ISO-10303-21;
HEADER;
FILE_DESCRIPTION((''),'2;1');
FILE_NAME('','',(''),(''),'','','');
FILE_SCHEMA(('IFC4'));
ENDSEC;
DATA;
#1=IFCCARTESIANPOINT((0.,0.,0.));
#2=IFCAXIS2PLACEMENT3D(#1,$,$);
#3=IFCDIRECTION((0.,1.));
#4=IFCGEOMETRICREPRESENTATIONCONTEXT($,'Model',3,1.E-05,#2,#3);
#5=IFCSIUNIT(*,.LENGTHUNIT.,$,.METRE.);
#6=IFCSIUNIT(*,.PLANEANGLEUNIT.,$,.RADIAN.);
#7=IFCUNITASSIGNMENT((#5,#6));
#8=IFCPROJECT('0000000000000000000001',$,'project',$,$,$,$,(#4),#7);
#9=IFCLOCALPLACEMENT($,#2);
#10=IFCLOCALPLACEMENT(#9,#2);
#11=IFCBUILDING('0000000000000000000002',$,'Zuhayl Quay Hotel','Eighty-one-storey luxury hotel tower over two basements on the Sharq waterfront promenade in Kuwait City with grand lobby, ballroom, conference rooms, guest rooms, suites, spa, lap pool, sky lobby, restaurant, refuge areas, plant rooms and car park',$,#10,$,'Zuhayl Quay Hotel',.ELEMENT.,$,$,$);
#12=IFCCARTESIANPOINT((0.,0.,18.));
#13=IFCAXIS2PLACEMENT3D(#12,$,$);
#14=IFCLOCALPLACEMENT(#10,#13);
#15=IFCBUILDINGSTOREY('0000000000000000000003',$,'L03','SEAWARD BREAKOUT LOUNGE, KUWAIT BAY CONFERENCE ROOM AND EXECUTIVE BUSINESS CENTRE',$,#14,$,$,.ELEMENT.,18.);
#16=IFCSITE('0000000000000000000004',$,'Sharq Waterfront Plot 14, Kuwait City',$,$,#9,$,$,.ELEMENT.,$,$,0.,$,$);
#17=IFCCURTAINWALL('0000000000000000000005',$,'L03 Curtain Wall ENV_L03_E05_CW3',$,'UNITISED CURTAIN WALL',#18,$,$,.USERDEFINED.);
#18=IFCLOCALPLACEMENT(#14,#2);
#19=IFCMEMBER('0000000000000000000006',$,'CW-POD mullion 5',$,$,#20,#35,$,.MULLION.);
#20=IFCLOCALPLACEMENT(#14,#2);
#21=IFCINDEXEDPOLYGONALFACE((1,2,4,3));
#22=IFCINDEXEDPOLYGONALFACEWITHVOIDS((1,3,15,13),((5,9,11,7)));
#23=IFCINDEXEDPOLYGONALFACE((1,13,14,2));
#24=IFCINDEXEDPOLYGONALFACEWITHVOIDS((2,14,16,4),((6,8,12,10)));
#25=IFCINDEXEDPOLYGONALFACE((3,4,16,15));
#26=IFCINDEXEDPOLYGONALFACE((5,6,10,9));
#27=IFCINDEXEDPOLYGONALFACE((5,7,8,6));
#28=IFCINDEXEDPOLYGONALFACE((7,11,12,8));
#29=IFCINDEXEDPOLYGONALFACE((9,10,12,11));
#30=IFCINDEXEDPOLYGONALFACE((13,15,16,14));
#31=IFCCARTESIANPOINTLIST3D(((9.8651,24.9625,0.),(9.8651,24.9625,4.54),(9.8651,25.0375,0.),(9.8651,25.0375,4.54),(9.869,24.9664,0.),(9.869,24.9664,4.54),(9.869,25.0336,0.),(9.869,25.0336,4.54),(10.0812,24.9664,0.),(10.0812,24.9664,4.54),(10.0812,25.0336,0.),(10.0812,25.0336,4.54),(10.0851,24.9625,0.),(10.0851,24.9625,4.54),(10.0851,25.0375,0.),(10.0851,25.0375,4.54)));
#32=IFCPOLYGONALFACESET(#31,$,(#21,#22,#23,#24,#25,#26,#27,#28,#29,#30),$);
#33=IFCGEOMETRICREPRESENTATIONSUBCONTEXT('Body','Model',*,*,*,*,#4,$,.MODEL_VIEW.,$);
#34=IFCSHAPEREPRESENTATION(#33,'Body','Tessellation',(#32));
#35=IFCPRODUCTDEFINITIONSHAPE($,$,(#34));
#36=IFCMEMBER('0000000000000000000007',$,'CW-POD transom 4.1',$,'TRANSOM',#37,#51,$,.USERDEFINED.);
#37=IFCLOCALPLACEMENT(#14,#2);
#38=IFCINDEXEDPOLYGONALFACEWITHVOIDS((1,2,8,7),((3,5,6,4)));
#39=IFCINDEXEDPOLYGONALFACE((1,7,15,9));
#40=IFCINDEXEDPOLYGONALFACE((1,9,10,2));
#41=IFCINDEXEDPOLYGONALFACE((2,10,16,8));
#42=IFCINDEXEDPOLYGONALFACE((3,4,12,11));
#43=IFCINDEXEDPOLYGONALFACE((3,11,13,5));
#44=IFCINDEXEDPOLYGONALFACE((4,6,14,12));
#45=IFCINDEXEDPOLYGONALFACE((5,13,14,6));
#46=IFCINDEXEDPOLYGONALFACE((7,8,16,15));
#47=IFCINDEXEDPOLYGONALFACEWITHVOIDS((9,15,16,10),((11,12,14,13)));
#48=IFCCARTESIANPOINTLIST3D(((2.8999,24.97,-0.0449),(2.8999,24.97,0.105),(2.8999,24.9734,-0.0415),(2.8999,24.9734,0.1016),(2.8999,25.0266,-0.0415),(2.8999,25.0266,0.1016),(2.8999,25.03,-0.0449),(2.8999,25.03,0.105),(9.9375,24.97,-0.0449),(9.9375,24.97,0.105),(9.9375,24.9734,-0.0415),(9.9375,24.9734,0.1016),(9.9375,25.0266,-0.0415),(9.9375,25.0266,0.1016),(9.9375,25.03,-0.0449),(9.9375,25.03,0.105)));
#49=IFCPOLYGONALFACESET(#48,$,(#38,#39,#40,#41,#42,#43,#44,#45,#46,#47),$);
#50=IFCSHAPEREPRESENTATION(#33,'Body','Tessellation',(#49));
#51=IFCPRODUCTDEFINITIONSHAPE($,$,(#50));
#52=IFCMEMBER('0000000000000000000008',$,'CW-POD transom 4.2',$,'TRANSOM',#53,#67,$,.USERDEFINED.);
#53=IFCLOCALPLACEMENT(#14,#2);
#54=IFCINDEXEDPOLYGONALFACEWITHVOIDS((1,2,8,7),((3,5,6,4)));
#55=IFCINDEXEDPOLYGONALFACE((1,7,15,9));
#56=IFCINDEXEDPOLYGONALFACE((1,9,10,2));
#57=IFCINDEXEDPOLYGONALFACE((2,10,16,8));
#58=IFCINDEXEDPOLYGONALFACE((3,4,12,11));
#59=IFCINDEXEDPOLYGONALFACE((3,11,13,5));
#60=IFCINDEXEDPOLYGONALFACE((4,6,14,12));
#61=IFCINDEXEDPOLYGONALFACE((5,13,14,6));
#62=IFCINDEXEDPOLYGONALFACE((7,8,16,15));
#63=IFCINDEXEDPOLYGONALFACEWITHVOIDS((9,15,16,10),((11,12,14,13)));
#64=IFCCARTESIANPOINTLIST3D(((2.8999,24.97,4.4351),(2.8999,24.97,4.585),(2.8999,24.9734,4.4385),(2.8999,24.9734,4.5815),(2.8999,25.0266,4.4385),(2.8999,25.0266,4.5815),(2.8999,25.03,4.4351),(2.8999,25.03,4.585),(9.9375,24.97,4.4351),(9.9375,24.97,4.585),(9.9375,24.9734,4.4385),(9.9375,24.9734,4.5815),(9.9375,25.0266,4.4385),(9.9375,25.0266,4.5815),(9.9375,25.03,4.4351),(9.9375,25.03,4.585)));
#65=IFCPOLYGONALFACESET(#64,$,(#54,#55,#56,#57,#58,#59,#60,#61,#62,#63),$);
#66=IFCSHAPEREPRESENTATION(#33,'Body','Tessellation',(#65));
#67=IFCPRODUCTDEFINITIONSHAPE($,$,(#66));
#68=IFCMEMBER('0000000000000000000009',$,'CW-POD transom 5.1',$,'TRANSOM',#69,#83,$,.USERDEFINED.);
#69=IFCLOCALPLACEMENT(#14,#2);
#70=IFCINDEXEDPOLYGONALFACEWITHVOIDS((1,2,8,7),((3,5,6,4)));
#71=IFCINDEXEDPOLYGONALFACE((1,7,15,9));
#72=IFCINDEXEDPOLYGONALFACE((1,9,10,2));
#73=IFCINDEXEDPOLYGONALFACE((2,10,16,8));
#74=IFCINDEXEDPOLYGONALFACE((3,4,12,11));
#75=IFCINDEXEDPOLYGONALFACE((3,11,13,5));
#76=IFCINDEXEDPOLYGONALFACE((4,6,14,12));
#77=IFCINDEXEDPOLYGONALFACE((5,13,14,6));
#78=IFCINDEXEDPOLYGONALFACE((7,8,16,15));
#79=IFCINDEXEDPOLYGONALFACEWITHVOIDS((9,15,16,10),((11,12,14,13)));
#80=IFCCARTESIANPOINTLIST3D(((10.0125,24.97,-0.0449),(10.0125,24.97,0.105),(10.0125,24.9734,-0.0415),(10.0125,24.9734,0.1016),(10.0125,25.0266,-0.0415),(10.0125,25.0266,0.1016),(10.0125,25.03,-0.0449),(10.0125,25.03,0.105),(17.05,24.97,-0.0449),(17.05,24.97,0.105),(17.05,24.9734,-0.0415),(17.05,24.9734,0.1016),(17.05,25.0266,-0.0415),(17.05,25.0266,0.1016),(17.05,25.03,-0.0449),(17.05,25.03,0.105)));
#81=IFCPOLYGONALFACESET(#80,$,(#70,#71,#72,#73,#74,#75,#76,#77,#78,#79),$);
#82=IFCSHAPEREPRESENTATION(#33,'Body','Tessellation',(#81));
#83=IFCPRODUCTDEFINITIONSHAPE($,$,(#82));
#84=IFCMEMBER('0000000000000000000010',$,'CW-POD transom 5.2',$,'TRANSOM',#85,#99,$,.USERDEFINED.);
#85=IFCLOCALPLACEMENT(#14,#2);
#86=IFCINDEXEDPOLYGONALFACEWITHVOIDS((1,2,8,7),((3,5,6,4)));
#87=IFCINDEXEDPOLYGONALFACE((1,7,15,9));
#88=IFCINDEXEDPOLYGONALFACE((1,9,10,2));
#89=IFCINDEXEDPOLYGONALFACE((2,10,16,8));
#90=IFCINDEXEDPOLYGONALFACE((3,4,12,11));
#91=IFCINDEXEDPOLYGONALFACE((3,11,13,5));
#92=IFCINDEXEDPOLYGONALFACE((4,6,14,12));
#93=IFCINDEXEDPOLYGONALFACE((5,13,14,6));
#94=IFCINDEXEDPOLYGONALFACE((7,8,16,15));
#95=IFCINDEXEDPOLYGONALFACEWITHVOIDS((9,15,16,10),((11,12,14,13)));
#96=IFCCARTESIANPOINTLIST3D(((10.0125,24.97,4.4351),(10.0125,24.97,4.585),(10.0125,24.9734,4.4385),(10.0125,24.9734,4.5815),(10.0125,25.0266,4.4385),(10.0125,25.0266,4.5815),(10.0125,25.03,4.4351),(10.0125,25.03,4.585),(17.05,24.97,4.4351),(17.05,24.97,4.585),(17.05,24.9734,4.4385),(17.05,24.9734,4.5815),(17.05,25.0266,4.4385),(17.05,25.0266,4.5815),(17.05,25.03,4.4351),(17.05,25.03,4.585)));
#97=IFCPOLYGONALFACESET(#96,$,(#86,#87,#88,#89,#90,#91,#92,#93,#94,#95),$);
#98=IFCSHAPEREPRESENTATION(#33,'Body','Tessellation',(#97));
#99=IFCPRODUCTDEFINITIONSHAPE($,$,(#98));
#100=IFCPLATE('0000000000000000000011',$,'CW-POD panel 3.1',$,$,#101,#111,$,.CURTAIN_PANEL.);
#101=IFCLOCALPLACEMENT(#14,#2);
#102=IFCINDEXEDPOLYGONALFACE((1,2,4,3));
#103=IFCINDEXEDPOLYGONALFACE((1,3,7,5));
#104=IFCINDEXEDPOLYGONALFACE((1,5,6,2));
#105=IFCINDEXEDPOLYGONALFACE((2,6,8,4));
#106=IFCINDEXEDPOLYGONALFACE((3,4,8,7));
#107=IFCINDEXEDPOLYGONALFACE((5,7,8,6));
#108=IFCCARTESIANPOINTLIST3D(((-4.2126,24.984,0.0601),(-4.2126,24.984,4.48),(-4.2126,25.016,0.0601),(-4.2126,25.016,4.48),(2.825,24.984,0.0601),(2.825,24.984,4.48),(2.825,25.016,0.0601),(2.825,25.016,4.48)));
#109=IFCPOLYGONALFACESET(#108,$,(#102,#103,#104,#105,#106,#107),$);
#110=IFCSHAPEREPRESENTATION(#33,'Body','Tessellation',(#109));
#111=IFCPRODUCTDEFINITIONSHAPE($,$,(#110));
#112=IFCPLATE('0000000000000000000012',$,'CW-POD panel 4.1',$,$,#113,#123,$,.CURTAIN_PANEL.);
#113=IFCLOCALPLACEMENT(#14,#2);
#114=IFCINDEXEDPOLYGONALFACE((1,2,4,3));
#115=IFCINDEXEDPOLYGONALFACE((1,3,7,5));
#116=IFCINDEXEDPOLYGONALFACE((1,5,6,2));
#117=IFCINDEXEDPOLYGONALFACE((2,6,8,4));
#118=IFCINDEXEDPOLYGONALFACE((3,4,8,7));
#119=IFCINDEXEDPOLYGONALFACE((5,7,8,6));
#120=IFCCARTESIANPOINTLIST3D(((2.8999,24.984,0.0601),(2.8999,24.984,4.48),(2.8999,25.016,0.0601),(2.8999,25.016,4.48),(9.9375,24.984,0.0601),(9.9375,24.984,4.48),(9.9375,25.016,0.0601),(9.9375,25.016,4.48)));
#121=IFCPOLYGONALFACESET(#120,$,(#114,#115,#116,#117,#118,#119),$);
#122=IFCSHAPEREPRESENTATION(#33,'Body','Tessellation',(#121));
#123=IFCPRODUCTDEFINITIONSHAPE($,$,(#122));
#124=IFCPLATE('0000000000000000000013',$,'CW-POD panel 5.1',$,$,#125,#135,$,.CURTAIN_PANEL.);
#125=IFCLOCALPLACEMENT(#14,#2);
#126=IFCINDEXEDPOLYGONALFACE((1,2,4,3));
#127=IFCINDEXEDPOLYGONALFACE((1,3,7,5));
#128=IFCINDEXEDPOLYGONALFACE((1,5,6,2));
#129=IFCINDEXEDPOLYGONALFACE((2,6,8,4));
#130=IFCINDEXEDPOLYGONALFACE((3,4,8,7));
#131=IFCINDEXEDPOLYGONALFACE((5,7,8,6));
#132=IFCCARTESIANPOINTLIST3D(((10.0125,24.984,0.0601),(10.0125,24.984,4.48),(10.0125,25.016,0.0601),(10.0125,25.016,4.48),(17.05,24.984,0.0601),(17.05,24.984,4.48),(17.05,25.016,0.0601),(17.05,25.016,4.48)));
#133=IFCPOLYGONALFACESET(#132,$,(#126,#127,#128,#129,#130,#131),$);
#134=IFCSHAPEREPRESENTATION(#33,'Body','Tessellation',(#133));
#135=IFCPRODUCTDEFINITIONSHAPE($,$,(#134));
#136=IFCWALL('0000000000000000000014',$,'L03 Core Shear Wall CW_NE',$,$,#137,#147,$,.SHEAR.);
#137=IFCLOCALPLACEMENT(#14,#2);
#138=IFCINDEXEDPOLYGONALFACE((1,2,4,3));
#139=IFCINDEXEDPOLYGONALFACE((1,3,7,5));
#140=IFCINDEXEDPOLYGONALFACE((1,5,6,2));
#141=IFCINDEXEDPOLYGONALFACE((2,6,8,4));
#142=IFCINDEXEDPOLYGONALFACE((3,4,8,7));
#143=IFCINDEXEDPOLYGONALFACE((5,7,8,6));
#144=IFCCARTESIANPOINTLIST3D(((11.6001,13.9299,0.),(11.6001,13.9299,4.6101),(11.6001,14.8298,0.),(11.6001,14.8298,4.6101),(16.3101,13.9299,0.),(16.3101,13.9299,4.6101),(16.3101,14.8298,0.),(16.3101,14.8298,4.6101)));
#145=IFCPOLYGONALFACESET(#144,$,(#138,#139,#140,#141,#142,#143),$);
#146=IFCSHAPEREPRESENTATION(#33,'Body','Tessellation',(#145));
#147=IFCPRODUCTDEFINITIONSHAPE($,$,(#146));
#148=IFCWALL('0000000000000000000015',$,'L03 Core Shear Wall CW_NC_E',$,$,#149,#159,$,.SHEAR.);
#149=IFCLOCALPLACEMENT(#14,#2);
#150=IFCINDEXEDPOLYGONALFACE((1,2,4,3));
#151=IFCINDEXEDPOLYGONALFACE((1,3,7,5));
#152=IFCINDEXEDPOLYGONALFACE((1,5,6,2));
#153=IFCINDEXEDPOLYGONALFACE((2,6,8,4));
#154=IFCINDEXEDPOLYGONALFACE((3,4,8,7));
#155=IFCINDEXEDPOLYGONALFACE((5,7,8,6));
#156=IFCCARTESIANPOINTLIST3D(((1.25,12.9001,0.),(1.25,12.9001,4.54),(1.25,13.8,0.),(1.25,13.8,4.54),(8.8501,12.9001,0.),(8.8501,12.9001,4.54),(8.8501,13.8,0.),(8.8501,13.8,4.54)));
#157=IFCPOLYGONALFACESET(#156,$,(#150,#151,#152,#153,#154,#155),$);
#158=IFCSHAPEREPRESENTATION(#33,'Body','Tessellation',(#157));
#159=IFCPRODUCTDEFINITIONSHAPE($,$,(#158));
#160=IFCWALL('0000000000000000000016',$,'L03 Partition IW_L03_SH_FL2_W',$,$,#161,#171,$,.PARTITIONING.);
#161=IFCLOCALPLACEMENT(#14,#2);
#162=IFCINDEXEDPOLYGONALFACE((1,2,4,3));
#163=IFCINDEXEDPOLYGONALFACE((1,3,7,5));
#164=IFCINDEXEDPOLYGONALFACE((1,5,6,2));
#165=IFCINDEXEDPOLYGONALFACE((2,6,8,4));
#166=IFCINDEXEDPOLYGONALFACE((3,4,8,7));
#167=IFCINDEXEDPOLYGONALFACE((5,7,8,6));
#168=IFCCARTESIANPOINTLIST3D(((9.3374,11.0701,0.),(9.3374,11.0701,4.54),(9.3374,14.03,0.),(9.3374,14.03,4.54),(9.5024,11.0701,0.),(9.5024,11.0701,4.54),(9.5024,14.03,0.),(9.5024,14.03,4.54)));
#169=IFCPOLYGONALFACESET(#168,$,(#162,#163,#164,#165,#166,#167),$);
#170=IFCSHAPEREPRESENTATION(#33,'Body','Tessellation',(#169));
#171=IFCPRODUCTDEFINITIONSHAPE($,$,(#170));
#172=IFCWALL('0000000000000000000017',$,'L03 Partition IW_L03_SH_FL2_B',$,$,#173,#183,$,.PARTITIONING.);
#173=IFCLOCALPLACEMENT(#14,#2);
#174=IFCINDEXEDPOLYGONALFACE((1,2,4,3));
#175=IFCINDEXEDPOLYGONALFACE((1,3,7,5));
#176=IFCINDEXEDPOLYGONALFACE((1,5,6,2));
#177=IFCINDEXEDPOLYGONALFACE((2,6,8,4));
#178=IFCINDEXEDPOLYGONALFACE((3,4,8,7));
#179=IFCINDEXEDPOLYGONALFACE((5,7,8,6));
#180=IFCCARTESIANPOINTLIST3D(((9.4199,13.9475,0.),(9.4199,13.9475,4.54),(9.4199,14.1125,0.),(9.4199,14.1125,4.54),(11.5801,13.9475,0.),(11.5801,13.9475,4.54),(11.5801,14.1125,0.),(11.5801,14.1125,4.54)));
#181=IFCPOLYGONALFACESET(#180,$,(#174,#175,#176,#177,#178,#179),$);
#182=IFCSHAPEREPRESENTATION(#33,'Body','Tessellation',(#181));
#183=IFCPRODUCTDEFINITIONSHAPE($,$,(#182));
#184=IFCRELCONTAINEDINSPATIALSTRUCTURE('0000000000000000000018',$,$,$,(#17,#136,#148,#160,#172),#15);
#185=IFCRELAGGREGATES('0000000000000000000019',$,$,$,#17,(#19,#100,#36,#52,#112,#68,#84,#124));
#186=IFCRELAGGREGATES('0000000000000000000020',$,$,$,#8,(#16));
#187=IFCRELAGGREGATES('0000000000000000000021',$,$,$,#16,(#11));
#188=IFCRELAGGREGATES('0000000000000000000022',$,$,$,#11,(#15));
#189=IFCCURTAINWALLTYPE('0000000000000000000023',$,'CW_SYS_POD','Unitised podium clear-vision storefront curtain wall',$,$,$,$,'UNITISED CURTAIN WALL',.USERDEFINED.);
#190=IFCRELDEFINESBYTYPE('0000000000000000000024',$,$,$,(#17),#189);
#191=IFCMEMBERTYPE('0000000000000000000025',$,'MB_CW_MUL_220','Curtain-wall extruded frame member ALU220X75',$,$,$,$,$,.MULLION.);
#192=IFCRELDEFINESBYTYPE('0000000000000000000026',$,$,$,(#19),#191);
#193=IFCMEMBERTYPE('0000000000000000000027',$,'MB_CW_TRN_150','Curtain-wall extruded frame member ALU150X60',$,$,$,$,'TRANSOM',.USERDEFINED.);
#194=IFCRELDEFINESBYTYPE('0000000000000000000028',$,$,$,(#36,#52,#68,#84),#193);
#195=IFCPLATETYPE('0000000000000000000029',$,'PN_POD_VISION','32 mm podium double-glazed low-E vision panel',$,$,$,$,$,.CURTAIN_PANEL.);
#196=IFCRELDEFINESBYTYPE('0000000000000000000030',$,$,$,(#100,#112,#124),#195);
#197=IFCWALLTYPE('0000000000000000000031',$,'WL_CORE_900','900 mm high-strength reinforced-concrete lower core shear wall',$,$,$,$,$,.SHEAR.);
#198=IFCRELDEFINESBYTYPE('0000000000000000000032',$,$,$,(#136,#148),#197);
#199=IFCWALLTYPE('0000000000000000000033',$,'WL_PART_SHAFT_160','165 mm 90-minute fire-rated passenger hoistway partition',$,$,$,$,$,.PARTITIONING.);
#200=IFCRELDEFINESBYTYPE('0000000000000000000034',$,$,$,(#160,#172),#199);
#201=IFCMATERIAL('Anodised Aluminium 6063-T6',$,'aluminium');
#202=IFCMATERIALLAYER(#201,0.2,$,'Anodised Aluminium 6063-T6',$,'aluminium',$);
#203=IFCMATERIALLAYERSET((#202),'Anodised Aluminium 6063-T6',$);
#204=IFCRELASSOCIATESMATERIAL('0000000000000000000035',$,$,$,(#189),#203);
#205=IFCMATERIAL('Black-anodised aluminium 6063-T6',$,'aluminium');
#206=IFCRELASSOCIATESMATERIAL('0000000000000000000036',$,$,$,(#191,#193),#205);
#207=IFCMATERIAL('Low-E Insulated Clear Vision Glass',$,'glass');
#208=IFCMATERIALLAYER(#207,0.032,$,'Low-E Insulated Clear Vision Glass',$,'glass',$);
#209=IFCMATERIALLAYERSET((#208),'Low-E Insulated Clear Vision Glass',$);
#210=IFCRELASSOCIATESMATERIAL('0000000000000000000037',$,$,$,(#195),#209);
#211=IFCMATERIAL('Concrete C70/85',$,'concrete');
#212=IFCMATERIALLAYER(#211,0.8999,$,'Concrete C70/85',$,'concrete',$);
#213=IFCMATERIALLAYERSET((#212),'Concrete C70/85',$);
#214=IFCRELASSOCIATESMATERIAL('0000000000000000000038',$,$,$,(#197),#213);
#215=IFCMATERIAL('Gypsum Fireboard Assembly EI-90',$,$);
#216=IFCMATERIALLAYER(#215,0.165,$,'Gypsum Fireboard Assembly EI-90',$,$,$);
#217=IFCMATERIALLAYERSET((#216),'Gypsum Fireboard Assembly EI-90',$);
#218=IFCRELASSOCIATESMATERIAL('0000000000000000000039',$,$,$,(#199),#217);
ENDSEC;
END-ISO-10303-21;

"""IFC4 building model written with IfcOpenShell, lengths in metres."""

from ifc_helpers import new_model, si_unit, direction, frame, frame_2d, origin, origin_2d, place, context, subcontext, project, spatial, rectangle, hollow_rectangle, extrude, material, layer, layer_set, material_profile, profile_set, type_object, element, aggregate, save


model = new_model("IFC4")

# Units and contexts
model_context = context("Model", 3, precision=1e-05, world=origin(), true_north=direction((0.0, 1.0)))
body_context = subcontext(model_context, "Body", "Model", "MODEL_VIEW")
ifc_project = project(units=[si_unit("LENGTHUNIT", "METRE"), si_unit("PLANEANGLEUNIT", "RADIAN")], contexts=[model_context])

# Site, building, storey
site_placement = place(None, origin())
site = spatial("IfcSite", under=ifc_project, at=site_placement, Name="Sharq Waterfront Plot 14, Kuwait City", CompositionType="ELEMENT", RefElevation=0.0)
building_placement = place(site_placement, origin())
building = spatial("IfcBuilding", under=site, at=building_placement, Name="Zuhayl Quay Hotel", Description="Eighty-one-storey luxury hotel tower over two basements on the Sharq waterfront promenade in Kuwait City with grand lobby, ballroom, conference rooms, guest rooms, suites, spa, lap pool, sky lobby, restaurant, refuge areas, plant rooms and car park", LongName="Zuhayl Quay Hotel", CompositionType="ELEMENT")
storey_placement = place(building_placement, frame((0.0, 0.0, 18.0)))
storey = spatial("IfcBuildingStorey", under=building, at=storey_placement, Name="L03", Description="SEAWARD BREAKOUT LOUNGE, KUWAIT BAY CONFERENCE ROOM AND EXECUTIVE BUSINESS CENTRE", CompositionType="ELEMENT", Elevation=18.0)

# Shared definitions
ifc_material_1 = material(Name="Concrete C70/85", Category="concrete")

# Curtain wall, members, plates
ifc_material_2 = material(Name="Anodised Aluminium 6063-T6", Category="aluminium")
ifc_layer_1 = layer(ifc_material_2, 0.2, Name="Anodised Aluminium 6063-T6", Category="aluminium")
ifc_layer_set_1 = layer_set([ifc_layer_1], Name="Anodised Aluminium 6063-T6")
curtain_wall_type = type_object("IfcCurtainWallType", Name="CW_SYS_POD", Description="Unitised podium clear-vision storefront curtain wall", ElementType="UNITISED CURTAIN WALL", PredefinedType="USERDEFINED", material=ifc_layer_set_1)
curtain_wall_placement = place(storey_placement, origin())
curtain_wall = element("IfcCurtainWall", 1, at=curtain_wall_placement, inside=storey, type_object=curtain_wall_type, Name="L03 Curtain Wall ENV_L03_E05_CW3", ObjectType="UNITISED CURTAIN WALL", PredefinedType="USERDEFINED")
ifc_material_3 = material(Name="Black-anodised aluminium 6063-T6", Category="aluminium")
ifc_material_profile_1 = material_profile(ifc_material_3, hollow_rectangle(XDim=0.075, YDim=0.22, WallThickness=0.0039, at=origin_2d()), Name="ALU220X75")
ifc_profile_set_1 = profile_set([ifc_material_profile_1], Name="Black-anodised aluminium 6063-T6")
member_type_1 = type_object("IfcMemberType", Name="MB_CW_MUL_220", Description="Curtain-wall extruded frame member ALU220X75", PredefinedType="MULLION", material=ifc_profile_set_1)
member_1_placement = place(storey_placement, frame((9.9751, 25.0, 0.0), z_axis=(0.0, 0.0, 1.0), x_axis=(0.0, 1.0, 0.0)))
member_1 = element("IfcMember", 2, at=member_1_placement, type_object=member_type_1, Name="CW-POD mullion 5", PredefinedType="MULLION", context=body_context, shape_type="SweptSolid", body=[
    extrude(hollow_rectangle(XDim=0.075, YDim=0.22, WallThickness=0.0039, at=origin_2d()), origin(), (0.0, 0.0, 1.0), 4.54),
])
ifc_material_profile_2 = material_profile(ifc_material_3, hollow_rectangle(XDim=0.0601, YDim=0.1499, WallThickness=0.0034, at=origin_2d()), Name="ALU150X60")
ifc_profile_set_2 = profile_set([ifc_material_profile_2], Name="Black-anodised aluminium 6063-T6")
member_type_2 = type_object("IfcMemberType", Name="MB_CW_TRN_150", Description="Curtain-wall extruded frame member ALU150X60", ElementType="TRANSOM", PredefinedType="USERDEFINED", material=ifc_profile_set_2)
member_2_placement = place(storey_placement, frame((2.8999, 25.0, 0.03), z_axis=(1.0, 0.0, 0.0), x_axis=(0.0, 1.0, 0.0)))
member_2 = element("IfcMember", 3, at=member_2_placement, type_object=member_type_2, Name="CW-POD transom 4.1", ObjectType="TRANSOM", PredefinedType="USERDEFINED", context=body_context, shape_type="SweptSolid", body=[
    extrude(hollow_rectangle(XDim=0.0601, YDim=0.1499, WallThickness=0.0034, at=origin_2d()), origin(), (0.0, 0.0, 1.0), 7.0376),
])
member_3_placement = place(storey_placement, frame((2.8999, 25.0, 4.51), z_axis=(1.0, 0.0, 0.0), x_axis=(0.0, 1.0, 0.0)))
member_3 = element("IfcMember", 4, at=member_3_placement, type_object=member_type_2, Name="CW-POD transom 4.2", ObjectType="TRANSOM", PredefinedType="USERDEFINED", context=body_context, shape_type="SweptSolid", body=[
    extrude(hollow_rectangle(XDim=0.0601, YDim=0.1499, WallThickness=0.0034, at=origin_2d()), origin(), (0.0, 0.0, 1.0), 7.0376),
])
member_4_placement = place(storey_placement, frame((10.0125, 25.0, 0.03), z_axis=(1.0, 0.0, 0.0), x_axis=(0.0, 1.0, 0.0)))
member_4 = element("IfcMember", 5, at=member_4_placement, type_object=member_type_2, Name="CW-POD transom 5.1", ObjectType="TRANSOM", PredefinedType="USERDEFINED", context=body_context, shape_type="SweptSolid", body=[
    extrude(hollow_rectangle(XDim=0.0601, YDim=0.1499, WallThickness=0.0034, at=origin_2d()), origin(), (0.0, 0.0, 1.0), 7.0376),
])
member_5_placement = place(storey_placement, frame((10.0125, 25.0, 4.51), z_axis=(1.0, 0.0, 0.0), x_axis=(0.0, 1.0, 0.0)))
member_5 = element("IfcMember", 6, at=member_5_placement, type_object=member_type_2, Name="CW-POD transom 5.2", ObjectType="TRANSOM", PredefinedType="USERDEFINED", context=body_context, shape_type="SweptSolid", body=[
    extrude(hollow_rectangle(XDim=0.0601, YDim=0.1499, WallThickness=0.0034, at=origin_2d()), origin(), (0.0, 0.0, 1.0), 7.0376),
])
ifc_material_4 = material(Name="Low-E Insulated Clear Vision Glass", Category="glass")
ifc_layer_2 = layer(ifc_material_4, 0.032, Name="Low-E Insulated Clear Vision Glass", Category="glass")
ifc_layer_set_2 = layer_set([ifc_layer_2], Name="Low-E Insulated Clear Vision Glass")
plate_type = type_object("IfcPlateType", Name="PN_POD_VISION", Description="32 mm podium double-glazed low-E vision panel", PredefinedType="CURTAIN_PANEL", material=ifc_layer_set_2)
plate_1_placement = place(storey_placement, frame((-0.6938, 25.0, 0.0601), z_axis=(0.0, 0.0, 1.0), x_axis=(1.0, 0.0, 0.0)))
plate_1 = element("IfcPlate", 7, at=plate_1_placement, type_object=plate_type, Name="CW-POD panel 3.1", PredefinedType="CURTAIN_PANEL", context=body_context, shape_type="SweptSolid", body=[
    extrude(rectangle(XDim=7.0376, YDim=0.032, at=origin_2d()), origin(), (0.0, 0.0, 1.0), 4.4199),
])
plate_2_placement = place(storey_placement, frame((6.4187, 25.0, 0.0601), z_axis=(0.0, 0.0, 1.0), x_axis=(1.0, 0.0, 0.0)))
plate_2 = element("IfcPlate", 8, at=plate_2_placement, type_object=plate_type, Name="CW-POD panel 4.1", PredefinedType="CURTAIN_PANEL", context=body_context, shape_type="SweptSolid", body=[
    extrude(rectangle(XDim=7.0376, YDim=0.032, at=origin_2d()), origin(), (0.0, 0.0, 1.0), 4.4199),
])
plate_3_placement = place(storey_placement, frame((13.5312, 25.0, 0.0601), z_axis=(0.0, 0.0, 1.0), x_axis=(1.0, 0.0, 0.0)))
plate_3 = element("IfcPlate", 9, at=plate_3_placement, type_object=plate_type, Name="CW-POD panel 5.1", PredefinedType="CURTAIN_PANEL", context=body_context, shape_type="SweptSolid", body=[
    extrude(rectangle(XDim=7.0376, YDim=0.032, at=origin_2d()), origin(), (0.0, 0.0, 1.0), 4.4199),
])
aggregate(curtain_wall, [member_1, plate_1, member_2, member_3, plate_2, member_4, member_5, plate_3])

# Walls
ifc_layer_3 = layer(ifc_material_1, 0.8999, Name="Concrete C70/85", Category="concrete")
ifc_layer_set_3 = layer_set([ifc_layer_3], Name="Concrete C70/85")
wall_type_1 = type_object("IfcWallType", Name="WL_CORE_900", Description="900 mm high-strength reinforced-concrete lower core shear wall", PredefinedType="SHEAR", material=ifc_layer_set_3)
wall_1_placement = place(storey_placement, frame((11.6001, 14.3799, 0.0), z_axis=(0.0, 0.0, 1.0), x_axis=(1.0, 0.0, 0.0)))
element("IfcWall", 10, at=wall_1_placement, inside=storey, type_object=wall_type_1, Name="L03 Core Shear Wall CW_NE", PredefinedType="SHEAR", context=body_context, shape_type="SweptSolid", body=[
    extrude(rectangle(XDim=4.71, YDim=0.8999, at=frame_2d((2.355, 0.0))), origin(), (0.0, 0.0, 1.0), 4.6101),
])
wall_2_placement = place(storey_placement, frame((1.25, 13.3501, 0.0), z_axis=(0.0, 0.0, 1.0), x_axis=(1.0, 0.0, 0.0)))
element("IfcWall", 11, at=wall_2_placement, inside=storey, type_object=wall_type_1, Name="L03 Core Shear Wall CW_NC_E", PredefinedType="SHEAR", context=body_context, shape_type="SweptSolid", body=[
    extrude(rectangle(XDim=7.6001, YDim=0.8999, at=frame_2d((3.8, 0.0))), origin(), (0.0, 0.0, 1.0), 4.54),
])
ifc_material_5 = material(Name="Gypsum Fireboard Assembly EI-90")
ifc_layer_4 = layer(ifc_material_5, 0.165, Name="Gypsum Fireboard Assembly EI-90")
ifc_layer_set_4 = layer_set([ifc_layer_4], Name="Gypsum Fireboard Assembly EI-90")
wall_type_2 = type_object("IfcWallType", Name="WL_PART_SHAFT_160", Description="165 mm 90-minute fire-rated passenger hoistway partition", PredefinedType="PARTITIONING", material=ifc_layer_set_4)
wall_3_placement = place(storey_placement, frame((9.4199, 11.0701, 0.0), z_axis=(0.0, 0.0, 1.0), x_axis=(0.0, 1.0, 0.0)))
element("IfcWall", 12, at=wall_3_placement, inside=storey, type_object=wall_type_2, Name="L03 Partition IW_L03_SH_FL2_W", PredefinedType="PARTITIONING", context=body_context, shape_type="SweptSolid", body=[
    extrude(rectangle(XDim=2.96, YDim=0.165, at=frame_2d((1.48, 0.0))), origin(), (0.0, 0.0, 1.0), 4.54),
])
wall_4_placement = place(storey_placement, frame((9.4199, 14.03, 0.0), z_axis=(0.0, 0.0, 1.0), x_axis=(1.0, 0.0, 0.0)))
element("IfcWall", 13, at=wall_4_placement, inside=storey, type_object=wall_type_2, Name="L03 Partition IW_L03_SH_FL2_B", PredefinedType="PARTITIONING", context=body_context, shape_type="SweptSolid", body=[
    extrude(rectangle(XDim=2.1602, YDim=0.165, at=frame_2d((1.0801, 0.0))), origin(), (0.0, 0.0, 1.0), 4.54),
])

save(model, "model.ifc")
